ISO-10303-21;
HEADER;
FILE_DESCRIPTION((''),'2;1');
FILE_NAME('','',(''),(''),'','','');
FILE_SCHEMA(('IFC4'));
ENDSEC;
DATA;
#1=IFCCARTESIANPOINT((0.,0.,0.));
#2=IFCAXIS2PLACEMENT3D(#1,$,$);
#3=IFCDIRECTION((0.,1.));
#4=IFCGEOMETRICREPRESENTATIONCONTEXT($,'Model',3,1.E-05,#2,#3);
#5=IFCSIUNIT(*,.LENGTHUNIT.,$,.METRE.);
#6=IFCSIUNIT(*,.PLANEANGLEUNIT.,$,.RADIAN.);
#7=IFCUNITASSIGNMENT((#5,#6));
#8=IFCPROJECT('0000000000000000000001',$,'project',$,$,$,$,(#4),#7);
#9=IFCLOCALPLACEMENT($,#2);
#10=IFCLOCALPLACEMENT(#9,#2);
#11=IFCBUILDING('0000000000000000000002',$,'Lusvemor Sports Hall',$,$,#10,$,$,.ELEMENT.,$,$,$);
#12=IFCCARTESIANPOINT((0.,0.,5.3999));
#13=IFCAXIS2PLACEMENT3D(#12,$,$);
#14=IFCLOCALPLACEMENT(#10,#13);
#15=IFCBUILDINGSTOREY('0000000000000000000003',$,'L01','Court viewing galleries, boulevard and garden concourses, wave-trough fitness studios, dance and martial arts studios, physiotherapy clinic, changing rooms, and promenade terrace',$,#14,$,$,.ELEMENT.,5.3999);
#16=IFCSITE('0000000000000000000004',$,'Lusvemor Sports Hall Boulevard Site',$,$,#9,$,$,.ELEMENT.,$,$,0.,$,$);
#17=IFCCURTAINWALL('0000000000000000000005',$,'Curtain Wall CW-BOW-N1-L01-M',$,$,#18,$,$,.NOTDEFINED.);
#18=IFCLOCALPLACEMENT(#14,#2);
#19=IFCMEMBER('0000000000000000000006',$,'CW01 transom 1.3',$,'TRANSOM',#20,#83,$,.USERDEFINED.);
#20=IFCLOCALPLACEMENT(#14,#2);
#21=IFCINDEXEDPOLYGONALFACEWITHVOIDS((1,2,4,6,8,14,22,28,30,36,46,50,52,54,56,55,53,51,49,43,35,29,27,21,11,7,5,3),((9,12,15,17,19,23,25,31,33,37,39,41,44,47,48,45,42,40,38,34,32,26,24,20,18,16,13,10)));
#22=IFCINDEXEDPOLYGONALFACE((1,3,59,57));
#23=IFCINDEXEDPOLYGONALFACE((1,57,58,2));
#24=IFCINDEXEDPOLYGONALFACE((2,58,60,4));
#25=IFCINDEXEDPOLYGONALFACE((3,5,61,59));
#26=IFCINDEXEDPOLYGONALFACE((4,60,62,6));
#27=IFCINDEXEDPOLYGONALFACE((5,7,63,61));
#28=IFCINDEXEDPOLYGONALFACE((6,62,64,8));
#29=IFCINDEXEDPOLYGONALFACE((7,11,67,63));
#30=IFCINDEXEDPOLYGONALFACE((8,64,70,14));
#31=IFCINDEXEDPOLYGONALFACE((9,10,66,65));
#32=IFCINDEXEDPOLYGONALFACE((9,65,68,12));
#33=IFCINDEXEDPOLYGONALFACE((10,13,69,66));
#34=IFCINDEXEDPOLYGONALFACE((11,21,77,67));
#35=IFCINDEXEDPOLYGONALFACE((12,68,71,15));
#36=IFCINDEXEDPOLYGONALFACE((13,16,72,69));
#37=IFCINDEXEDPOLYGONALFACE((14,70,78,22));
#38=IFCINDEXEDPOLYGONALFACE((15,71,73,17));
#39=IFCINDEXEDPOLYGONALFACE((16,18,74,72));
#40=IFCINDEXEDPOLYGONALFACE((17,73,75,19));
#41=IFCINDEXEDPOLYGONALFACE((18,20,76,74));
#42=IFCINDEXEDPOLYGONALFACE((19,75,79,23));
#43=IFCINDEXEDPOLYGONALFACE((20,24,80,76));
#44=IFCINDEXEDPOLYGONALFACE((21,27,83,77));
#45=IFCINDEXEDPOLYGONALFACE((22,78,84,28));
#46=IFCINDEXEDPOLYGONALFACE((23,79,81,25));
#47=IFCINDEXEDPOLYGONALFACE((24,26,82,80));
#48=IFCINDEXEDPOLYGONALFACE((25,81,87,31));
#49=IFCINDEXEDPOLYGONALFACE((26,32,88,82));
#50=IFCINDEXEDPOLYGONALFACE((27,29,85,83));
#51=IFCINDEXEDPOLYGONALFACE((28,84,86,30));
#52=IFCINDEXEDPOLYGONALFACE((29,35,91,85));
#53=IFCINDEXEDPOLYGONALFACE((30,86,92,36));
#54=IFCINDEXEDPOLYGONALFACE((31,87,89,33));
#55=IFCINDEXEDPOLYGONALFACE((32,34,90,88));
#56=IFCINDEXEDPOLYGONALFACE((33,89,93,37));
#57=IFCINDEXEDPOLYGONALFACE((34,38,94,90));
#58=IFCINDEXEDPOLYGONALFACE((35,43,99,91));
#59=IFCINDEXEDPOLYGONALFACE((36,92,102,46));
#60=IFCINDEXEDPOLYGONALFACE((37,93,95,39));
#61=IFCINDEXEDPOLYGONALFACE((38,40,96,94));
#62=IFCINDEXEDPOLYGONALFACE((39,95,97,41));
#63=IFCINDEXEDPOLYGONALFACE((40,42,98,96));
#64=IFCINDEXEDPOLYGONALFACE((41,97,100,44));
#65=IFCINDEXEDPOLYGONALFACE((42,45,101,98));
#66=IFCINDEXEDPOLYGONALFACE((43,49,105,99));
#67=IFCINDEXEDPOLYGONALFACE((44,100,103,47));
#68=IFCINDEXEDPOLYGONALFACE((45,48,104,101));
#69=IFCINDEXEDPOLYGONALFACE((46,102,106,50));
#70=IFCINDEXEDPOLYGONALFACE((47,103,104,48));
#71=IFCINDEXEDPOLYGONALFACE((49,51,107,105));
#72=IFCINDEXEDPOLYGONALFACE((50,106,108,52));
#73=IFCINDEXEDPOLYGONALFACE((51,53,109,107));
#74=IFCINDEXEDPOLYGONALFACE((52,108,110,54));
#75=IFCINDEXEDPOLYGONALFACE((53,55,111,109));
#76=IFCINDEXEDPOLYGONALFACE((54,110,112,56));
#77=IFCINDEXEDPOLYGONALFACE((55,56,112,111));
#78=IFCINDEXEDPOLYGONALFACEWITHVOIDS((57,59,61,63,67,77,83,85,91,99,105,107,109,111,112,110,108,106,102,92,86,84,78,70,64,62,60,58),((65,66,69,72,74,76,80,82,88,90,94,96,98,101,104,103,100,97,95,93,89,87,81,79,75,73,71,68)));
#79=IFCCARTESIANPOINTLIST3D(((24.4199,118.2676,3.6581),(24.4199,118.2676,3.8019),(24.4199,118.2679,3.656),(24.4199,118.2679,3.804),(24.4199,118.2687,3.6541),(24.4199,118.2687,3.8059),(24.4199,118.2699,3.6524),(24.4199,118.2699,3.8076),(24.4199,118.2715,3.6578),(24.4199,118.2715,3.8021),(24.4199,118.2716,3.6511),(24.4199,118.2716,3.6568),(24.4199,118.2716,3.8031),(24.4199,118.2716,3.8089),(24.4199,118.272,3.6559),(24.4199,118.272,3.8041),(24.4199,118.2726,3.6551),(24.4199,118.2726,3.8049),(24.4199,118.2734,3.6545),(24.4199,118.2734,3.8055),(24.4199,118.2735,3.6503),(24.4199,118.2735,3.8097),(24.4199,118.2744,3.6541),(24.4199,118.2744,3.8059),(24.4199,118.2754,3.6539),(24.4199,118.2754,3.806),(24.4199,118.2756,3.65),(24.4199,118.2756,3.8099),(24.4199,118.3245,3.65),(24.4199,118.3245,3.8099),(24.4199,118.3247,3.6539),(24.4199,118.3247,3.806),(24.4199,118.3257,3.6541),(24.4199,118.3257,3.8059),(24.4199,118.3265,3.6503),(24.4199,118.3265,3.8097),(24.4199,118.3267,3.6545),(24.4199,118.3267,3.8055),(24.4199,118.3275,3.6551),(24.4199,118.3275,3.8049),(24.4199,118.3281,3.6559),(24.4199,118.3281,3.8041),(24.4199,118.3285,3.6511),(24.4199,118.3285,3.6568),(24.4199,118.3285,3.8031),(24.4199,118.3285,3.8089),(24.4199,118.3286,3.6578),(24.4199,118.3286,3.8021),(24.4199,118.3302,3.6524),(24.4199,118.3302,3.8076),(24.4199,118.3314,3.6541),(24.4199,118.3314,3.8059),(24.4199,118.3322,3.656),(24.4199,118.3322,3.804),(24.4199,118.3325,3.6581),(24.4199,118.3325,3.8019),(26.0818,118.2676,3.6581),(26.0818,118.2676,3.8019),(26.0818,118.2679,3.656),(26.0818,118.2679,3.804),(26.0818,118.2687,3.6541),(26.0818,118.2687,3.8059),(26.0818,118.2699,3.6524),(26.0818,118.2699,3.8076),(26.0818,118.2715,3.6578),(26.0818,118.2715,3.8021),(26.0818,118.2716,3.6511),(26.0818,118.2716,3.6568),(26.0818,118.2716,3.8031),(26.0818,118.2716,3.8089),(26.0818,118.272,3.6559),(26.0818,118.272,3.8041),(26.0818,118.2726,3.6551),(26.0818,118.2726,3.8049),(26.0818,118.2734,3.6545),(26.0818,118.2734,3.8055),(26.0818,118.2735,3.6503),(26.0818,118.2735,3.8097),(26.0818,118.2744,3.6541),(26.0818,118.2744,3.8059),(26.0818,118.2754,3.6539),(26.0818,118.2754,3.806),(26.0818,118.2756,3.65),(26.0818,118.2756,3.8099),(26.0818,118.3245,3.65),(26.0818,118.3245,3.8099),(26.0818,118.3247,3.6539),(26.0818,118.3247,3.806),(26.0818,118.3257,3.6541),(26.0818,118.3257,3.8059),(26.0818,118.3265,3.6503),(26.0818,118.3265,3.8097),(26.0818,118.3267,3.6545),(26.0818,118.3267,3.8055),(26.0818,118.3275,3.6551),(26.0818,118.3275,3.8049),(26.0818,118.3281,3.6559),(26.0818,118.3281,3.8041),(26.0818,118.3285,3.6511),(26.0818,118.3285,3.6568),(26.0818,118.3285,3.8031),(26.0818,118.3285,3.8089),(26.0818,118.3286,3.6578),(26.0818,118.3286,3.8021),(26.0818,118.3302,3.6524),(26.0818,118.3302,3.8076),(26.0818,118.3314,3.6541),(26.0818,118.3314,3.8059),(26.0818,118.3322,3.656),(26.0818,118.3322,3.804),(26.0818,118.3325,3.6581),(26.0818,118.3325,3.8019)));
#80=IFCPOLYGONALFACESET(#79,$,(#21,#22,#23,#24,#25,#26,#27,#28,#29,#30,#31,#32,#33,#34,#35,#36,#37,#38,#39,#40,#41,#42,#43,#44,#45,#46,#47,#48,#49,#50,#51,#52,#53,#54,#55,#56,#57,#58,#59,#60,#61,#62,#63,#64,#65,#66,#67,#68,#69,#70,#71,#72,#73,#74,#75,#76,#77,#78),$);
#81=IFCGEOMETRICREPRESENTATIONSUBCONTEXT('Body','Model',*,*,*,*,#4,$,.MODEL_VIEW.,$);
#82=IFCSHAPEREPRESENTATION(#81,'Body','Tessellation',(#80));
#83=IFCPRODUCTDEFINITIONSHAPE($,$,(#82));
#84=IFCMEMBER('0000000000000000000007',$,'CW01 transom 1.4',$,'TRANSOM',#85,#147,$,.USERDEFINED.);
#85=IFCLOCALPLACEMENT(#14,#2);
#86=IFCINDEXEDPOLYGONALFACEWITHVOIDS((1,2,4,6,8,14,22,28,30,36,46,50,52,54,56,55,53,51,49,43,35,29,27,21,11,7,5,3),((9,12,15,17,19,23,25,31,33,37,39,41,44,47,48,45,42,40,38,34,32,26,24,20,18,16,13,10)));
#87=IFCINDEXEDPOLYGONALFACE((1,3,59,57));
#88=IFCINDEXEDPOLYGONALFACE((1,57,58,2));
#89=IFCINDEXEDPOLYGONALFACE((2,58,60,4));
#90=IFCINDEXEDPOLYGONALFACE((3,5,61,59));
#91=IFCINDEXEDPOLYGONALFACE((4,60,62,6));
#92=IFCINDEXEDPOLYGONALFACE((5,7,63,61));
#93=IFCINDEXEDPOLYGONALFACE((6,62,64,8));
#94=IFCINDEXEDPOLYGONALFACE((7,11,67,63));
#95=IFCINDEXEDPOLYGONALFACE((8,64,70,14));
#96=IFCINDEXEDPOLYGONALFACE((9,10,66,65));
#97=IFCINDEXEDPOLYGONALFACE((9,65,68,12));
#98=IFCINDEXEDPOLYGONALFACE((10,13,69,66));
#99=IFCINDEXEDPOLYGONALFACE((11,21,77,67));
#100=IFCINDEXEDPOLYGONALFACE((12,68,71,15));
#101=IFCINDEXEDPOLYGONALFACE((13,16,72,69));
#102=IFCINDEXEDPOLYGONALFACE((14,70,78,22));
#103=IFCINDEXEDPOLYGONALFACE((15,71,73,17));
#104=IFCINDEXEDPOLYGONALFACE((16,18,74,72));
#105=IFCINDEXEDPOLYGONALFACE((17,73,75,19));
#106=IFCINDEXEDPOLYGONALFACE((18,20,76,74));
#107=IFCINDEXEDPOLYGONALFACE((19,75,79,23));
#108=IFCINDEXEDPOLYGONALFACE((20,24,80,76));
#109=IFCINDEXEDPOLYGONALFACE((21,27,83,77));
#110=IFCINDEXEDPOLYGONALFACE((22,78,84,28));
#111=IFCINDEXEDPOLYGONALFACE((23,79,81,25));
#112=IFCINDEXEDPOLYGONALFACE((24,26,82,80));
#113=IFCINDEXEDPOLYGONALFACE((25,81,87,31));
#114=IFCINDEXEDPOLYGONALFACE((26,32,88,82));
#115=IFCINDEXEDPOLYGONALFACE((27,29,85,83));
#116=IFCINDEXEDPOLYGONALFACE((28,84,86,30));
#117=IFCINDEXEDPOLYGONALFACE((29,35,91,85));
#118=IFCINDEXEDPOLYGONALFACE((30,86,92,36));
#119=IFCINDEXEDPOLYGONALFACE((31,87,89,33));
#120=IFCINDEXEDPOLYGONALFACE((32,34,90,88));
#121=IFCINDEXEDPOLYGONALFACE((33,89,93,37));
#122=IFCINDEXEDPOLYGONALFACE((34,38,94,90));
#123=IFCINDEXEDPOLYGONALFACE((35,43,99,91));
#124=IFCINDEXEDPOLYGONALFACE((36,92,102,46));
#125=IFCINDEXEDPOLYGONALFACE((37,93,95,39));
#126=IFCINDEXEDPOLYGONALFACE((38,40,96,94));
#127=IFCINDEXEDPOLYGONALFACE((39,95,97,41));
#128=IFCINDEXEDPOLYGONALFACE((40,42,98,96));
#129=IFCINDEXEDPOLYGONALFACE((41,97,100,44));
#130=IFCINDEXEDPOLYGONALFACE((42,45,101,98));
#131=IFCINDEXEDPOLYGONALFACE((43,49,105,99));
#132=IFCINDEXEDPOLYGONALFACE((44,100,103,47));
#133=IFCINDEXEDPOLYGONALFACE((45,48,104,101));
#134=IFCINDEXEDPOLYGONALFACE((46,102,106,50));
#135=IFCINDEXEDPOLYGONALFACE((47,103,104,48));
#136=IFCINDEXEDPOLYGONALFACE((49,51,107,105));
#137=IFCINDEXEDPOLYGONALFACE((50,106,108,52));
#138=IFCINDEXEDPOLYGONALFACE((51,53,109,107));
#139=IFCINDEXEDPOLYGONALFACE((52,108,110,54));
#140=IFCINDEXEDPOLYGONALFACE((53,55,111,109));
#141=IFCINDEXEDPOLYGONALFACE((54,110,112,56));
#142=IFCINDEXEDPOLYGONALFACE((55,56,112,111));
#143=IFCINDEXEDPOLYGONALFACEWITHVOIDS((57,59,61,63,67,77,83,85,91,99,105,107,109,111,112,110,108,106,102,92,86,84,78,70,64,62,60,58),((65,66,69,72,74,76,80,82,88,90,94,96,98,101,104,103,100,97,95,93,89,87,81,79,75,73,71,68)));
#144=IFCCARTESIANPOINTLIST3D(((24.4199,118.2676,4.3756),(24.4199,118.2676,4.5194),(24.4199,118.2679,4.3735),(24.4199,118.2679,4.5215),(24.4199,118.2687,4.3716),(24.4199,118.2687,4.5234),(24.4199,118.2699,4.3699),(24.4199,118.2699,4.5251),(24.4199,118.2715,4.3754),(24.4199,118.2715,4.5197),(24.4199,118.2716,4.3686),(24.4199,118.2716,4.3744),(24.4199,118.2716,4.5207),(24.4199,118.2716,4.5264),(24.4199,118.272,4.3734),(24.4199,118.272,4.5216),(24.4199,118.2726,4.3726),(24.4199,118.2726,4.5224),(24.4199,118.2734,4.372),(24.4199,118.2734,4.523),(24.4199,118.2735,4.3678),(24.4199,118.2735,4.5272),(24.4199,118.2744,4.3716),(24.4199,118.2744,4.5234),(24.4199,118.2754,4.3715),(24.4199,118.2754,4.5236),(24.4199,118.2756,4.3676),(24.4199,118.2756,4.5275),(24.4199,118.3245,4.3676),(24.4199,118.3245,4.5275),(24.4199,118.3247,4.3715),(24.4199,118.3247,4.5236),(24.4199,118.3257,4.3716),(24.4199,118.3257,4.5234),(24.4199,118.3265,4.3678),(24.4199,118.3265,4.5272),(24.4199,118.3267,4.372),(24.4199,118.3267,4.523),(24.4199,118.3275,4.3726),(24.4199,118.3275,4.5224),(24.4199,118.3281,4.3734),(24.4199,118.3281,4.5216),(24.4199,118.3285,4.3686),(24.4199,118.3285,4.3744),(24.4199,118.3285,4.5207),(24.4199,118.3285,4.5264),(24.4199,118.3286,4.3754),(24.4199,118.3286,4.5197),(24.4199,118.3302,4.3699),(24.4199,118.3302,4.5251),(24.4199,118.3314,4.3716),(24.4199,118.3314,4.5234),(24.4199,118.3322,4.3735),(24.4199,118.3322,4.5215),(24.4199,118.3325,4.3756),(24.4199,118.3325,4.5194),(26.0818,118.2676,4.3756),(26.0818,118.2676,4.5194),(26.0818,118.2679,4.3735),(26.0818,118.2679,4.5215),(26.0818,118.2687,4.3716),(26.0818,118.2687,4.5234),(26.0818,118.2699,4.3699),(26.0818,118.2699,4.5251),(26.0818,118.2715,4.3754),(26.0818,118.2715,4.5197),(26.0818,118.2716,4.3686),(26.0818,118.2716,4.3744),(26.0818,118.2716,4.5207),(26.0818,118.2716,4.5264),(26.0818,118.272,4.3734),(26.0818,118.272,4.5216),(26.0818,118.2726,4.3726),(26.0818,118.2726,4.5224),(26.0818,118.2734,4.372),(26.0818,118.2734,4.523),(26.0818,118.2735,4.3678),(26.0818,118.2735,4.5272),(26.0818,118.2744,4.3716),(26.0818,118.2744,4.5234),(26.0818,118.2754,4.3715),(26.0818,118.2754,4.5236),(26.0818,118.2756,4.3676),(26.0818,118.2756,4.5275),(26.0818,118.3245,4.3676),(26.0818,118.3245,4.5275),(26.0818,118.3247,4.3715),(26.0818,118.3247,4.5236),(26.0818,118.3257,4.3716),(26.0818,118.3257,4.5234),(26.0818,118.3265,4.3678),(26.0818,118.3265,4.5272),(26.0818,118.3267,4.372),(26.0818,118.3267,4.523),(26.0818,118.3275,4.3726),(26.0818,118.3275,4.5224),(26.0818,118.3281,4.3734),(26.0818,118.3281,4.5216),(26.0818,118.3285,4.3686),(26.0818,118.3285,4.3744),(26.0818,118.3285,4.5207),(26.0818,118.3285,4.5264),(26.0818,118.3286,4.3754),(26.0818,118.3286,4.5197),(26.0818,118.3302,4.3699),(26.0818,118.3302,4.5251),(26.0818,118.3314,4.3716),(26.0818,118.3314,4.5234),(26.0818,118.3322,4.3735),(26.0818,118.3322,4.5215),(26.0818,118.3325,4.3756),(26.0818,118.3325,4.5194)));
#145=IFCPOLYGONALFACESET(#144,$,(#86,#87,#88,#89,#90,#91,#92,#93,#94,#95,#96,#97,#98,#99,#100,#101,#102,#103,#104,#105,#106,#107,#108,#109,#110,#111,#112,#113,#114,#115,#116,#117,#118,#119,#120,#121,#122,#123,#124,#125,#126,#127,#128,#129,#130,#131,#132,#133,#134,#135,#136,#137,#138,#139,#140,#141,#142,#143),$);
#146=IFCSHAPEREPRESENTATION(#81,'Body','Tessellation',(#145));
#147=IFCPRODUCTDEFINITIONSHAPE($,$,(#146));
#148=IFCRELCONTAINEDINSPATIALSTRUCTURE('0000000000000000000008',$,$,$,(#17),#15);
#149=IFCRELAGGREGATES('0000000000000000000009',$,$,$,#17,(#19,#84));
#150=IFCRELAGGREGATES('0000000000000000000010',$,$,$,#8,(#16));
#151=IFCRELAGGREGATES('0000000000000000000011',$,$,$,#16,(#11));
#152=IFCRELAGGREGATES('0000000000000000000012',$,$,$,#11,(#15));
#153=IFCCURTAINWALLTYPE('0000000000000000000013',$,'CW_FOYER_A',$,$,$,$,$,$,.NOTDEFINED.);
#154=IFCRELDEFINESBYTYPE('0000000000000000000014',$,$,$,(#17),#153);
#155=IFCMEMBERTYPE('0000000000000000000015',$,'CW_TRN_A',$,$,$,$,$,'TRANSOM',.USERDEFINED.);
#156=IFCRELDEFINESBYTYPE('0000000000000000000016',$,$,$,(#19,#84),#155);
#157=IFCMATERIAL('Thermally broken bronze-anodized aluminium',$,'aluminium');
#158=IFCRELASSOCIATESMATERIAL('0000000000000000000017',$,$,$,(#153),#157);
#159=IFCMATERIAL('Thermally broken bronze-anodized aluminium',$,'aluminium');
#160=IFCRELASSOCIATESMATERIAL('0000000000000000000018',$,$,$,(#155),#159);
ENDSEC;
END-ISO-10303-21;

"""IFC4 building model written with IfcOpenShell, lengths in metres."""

from ifc_helpers import new_model, si_unit, direction, frame, origin, origin_2d, place, context, subcontext, project, spatial, hollow_rectangle, extrude, material, material_profile, profile_set, type_object, element, aggregate, save


model = new_model("IFC4")

# Units and contexts
model_context = context("Model", 3, precision=1e-05, world=origin(), true_north=direction((0.0, 1.0)))
body_context = subcontext(model_context, "Body", "Model", "MODEL_VIEW")
ifc_project = project(units=[si_unit("LENGTHUNIT", "METRE"), si_unit("PLANEANGLEUNIT", "RADIAN")], contexts=[model_context])

# Site, building, storey
site_placement = place(None, origin())
site = spatial("IfcSite", under=ifc_project, at=site_placement, Name="Lusvemor Sports Hall Boulevard Site", CompositionType="ELEMENT", RefElevation=0.0)
building_placement = place(site_placement, origin())
building = spatial("IfcBuilding", under=site, at=building_placement, Name="Lusvemor Sports Hall", CompositionType="ELEMENT")
storey_placement = place(building_placement, frame((0.0, 0.0, 5.3999)))
storey = spatial("IfcBuildingStorey", under=building, at=storey_placement, Name="L01", Description="Court viewing galleries, boulevard and garden concourses, wave-trough fitness studios, dance and martial arts studios, physiotherapy clinic, changing rooms, and promenade terrace", CompositionType="ELEMENT", Elevation=5.3999)

# Curtain wall
ifc_material_1 = material(Name="Thermally broken bronze-anodized aluminium", Category="aluminium")
curtain_wall_type_1 = type_object("IfcCurtainWallType", Name="CW_FOYER_A", PredefinedType="NOTDEFINED", material=ifc_material_1)
curtain_wall_1_placement = place(storey_placement, origin())
curtain_wall_1 = element("IfcCurtainWall", 1, at=curtain_wall_1_placement, inside=storey, type_object=curtain_wall_type_1, Name="Curtain Wall CW-BOW-N1-L01-M", PredefinedType="NOTDEFINED")

# Members
ifc_material_2 = material(Name="Thermally broken bronze-anodized aluminium", Category="aluminium")
ifc_material_profile_1 = material_profile(ifc_material_2, hollow_rectangle(XDim=0.0649, YDim=0.1599, WallThickness=0.0039, InnerFilletRadius=0.0039, OuterFilletRadius=0.0081, at=origin_2d()), Name="CWTRN160x65x4")
ifc_profile_set_1 = profile_set([ifc_material_profile_1], Name="Thermally broken bronze-anodized aluminium")
member_type_1 = type_object("IfcMemberType", Name="CW_TRN_A", ElementType="TRANSOM", PredefinedType="USERDEFINED", material=ifc_profile_set_1)
member_1_placement = place(storey_placement, frame((24.4199, 118.3, 3.73), z_axis=(1.0, 0.0, 0.0), x_axis=(0.0, 1.0, 0.0)))
member_1 = element("IfcMember", 2, at=member_1_placement, type_object=member_type_1, Name="CW01 transom 1.3", ObjectType="TRANSOM", PredefinedType="USERDEFINED", context=body_context, shape_type="SweptSolid", body=[
    extrude(hollow_rectangle(XDim=0.0649, YDim=0.1599, WallThickness=0.0039, InnerFilletRadius=0.0039, OuterFilletRadius=0.0081, at=origin_2d()), origin(), (0.0, 0.0, 1.0), 1.6619),
])
member_2_placement = place(storey_placement, frame((24.4199, 118.3, 4.4475), z_axis=(1.0, 0.0, 0.0), x_axis=(0.0, 1.0, 0.0)))
member_2 = element("IfcMember", 3, at=member_2_placement, type_object=member_type_1, Name="CW01 transom 1.4", ObjectType="TRANSOM", PredefinedType="USERDEFINED", context=body_context, shape_type="SweptSolid", body=[
    extrude(hollow_rectangle(XDim=0.0649, YDim=0.1599, WallThickness=0.0039, InnerFilletRadius=0.0039, OuterFilletRadius=0.0081, at=origin_2d()), origin(), (0.0, 0.0, 1.0), 1.6619),
])
aggregate(curtain_wall_1, [member_1, member_2])

save(model, "model.ifc")
